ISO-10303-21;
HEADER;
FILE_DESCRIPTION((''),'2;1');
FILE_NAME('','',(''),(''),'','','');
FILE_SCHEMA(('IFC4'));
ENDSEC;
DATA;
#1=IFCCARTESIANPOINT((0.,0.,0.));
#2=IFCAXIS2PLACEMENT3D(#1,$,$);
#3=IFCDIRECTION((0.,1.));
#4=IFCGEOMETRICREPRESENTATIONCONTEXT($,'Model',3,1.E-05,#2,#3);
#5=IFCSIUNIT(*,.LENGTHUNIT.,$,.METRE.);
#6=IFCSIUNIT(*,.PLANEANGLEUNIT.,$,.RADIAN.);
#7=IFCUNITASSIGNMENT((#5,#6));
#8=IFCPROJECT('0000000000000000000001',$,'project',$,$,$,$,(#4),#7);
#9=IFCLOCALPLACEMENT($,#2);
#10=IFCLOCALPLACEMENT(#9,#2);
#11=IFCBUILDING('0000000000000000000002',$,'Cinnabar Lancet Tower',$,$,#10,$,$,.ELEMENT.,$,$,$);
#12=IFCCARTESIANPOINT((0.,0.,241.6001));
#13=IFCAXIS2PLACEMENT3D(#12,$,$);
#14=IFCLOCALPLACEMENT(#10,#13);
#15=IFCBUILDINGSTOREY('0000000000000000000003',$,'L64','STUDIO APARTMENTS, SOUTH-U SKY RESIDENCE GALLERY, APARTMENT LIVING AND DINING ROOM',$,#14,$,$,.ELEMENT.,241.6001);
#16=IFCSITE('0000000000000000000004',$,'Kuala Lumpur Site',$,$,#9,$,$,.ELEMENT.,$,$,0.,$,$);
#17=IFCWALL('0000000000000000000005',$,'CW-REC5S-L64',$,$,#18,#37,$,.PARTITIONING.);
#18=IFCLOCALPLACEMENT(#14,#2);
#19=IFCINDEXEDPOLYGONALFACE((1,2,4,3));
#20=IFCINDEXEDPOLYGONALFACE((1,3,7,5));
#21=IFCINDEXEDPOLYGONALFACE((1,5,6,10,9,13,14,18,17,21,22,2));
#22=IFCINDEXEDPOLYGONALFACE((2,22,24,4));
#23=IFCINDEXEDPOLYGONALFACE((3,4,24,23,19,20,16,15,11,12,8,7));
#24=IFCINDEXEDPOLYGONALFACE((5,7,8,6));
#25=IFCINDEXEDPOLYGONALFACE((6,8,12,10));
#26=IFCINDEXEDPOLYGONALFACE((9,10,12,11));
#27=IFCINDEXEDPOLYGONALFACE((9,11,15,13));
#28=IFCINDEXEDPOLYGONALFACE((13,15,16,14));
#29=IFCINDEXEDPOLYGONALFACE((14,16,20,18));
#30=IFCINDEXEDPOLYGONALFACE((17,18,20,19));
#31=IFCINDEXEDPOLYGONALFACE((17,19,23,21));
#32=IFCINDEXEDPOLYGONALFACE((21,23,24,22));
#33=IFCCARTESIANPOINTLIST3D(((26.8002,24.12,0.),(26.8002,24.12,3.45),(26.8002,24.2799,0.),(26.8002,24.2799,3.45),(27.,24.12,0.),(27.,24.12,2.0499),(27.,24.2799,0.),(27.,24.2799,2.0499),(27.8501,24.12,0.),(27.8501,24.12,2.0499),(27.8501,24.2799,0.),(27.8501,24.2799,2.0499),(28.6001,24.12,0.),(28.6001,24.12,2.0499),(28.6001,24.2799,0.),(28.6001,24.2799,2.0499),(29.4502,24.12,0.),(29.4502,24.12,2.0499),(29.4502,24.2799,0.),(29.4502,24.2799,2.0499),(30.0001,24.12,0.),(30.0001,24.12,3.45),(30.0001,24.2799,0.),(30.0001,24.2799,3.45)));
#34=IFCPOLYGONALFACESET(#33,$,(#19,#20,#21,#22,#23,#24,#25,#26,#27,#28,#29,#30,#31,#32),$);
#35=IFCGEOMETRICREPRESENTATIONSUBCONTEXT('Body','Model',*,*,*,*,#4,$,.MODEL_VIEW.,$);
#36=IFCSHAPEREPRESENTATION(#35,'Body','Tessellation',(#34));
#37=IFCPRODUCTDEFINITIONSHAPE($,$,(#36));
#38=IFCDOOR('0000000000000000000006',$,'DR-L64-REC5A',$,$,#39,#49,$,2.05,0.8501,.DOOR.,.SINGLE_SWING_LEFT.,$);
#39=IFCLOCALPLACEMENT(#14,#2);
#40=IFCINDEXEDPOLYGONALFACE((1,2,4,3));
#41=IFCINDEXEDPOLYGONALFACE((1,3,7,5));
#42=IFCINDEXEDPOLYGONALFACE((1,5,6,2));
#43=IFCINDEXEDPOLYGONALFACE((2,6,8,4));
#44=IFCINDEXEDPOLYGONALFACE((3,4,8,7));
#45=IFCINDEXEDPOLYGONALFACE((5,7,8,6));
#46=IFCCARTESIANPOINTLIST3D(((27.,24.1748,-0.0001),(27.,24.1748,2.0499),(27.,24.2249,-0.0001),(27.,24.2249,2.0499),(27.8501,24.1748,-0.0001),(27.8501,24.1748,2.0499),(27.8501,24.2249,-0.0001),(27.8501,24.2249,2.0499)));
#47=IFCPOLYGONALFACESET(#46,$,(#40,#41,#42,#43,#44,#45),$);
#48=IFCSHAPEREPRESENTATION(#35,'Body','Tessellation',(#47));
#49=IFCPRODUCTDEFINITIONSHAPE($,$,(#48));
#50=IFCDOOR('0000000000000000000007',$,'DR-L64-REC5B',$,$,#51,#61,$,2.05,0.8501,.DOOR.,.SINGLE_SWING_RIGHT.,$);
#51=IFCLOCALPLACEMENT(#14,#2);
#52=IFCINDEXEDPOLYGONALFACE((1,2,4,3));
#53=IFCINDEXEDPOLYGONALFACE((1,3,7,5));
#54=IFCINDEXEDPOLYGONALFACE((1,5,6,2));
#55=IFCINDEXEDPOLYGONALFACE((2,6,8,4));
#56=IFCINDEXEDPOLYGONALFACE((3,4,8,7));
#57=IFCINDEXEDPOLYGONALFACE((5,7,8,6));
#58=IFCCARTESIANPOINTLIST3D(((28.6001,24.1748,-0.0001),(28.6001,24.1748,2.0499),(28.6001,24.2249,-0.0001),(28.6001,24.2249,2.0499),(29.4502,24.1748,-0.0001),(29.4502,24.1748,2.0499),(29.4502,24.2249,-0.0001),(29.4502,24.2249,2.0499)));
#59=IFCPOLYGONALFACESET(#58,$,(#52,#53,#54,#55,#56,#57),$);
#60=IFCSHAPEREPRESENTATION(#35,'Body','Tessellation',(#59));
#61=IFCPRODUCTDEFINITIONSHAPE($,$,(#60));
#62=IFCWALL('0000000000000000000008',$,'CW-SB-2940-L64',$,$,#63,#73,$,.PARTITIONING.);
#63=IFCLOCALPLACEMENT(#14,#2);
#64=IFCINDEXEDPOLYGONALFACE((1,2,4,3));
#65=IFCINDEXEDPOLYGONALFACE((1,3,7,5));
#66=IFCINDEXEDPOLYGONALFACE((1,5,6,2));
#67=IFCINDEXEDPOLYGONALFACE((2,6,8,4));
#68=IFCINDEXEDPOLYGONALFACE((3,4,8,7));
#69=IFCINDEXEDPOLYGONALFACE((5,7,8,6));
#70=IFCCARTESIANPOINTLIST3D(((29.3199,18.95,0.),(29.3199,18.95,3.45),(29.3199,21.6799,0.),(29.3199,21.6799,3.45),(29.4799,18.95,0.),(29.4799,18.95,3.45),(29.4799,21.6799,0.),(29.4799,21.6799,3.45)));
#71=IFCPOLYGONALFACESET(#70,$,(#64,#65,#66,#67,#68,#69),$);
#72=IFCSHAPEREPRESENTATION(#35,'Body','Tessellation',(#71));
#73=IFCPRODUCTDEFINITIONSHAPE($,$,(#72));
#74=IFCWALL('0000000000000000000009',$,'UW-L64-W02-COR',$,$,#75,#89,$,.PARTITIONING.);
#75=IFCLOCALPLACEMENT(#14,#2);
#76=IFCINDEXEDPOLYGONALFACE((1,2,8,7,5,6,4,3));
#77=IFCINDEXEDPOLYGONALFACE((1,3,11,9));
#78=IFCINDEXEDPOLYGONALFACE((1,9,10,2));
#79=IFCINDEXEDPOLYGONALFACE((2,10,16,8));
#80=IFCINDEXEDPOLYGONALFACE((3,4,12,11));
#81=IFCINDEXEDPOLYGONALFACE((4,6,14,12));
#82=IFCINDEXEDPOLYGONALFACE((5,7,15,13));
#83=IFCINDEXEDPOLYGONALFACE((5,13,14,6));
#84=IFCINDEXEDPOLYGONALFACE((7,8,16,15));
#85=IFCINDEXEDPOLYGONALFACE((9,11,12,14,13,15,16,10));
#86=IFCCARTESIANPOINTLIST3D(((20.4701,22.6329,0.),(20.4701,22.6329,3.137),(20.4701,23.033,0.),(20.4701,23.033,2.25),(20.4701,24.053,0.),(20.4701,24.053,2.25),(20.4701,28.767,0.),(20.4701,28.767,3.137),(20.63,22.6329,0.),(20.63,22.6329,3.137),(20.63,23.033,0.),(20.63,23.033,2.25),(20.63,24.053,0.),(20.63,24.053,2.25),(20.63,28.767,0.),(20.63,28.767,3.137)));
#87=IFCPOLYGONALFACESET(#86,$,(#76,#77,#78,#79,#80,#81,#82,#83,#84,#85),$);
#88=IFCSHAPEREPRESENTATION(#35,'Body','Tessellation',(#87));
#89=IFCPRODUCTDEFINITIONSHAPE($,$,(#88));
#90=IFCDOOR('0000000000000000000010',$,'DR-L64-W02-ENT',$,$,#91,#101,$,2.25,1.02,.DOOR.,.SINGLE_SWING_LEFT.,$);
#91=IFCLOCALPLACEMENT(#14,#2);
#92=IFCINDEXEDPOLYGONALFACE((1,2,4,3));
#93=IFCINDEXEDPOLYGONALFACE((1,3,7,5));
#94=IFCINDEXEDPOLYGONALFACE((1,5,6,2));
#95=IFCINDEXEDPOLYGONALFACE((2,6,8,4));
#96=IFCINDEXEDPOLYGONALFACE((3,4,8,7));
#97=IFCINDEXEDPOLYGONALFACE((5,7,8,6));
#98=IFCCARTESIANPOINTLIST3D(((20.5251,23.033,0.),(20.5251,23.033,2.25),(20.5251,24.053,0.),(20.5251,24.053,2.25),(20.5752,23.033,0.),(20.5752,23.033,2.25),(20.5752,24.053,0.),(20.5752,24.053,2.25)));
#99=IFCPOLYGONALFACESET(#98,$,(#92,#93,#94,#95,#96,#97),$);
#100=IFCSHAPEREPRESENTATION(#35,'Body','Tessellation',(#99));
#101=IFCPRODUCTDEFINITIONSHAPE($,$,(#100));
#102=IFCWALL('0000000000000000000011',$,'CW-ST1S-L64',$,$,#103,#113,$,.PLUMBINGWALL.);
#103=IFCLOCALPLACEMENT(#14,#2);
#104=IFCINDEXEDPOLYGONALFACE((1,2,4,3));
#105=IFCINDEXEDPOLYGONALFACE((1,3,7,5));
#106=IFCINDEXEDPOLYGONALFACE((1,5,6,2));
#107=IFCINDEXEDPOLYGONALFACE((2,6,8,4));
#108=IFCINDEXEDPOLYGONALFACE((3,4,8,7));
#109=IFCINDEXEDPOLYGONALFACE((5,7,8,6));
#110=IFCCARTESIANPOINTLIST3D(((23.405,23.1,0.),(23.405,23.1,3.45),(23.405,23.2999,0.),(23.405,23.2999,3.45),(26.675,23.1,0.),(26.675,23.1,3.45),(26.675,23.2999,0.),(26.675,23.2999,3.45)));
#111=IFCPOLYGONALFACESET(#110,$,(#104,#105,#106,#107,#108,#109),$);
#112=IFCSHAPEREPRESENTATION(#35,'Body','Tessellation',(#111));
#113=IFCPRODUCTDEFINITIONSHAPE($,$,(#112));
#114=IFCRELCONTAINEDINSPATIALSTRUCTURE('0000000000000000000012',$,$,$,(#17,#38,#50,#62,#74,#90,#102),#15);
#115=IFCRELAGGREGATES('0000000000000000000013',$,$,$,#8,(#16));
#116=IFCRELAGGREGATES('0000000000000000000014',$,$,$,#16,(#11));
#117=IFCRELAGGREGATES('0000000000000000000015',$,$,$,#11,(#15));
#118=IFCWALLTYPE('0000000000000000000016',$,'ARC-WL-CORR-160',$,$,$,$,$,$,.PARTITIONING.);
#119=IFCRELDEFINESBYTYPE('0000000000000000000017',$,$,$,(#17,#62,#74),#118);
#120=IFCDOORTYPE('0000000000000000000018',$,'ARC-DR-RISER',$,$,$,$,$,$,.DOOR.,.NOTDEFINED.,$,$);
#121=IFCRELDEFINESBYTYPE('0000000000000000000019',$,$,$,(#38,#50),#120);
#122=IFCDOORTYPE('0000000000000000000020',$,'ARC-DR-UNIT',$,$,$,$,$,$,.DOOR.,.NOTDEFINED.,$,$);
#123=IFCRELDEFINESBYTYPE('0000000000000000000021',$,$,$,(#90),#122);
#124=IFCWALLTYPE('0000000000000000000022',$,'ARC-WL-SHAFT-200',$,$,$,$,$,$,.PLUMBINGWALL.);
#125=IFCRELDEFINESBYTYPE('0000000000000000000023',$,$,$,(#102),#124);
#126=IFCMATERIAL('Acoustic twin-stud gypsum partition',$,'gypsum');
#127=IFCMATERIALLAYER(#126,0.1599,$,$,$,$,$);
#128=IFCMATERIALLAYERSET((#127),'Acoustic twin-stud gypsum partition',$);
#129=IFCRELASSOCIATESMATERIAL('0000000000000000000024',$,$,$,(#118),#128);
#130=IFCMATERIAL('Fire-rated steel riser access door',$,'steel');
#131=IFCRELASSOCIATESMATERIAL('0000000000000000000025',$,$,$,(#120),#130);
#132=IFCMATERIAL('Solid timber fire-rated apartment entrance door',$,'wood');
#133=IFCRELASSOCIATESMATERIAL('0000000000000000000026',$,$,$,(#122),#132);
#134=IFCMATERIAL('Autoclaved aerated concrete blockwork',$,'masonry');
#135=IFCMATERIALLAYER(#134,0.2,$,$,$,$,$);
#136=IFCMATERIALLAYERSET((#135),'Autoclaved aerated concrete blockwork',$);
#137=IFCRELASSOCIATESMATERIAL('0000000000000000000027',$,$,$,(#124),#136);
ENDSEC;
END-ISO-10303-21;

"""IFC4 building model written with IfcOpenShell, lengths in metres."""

from ifc_helpers import new_model, si_unit, direction, frame, frame_2d, origin, place, context, subcontext, project, spatial, rectangle, extrude, material, layer, layer_set, type_object, element, fill, save


model = new_model("IFC4")

# Units and contexts
model_context = context("Model", 3, precision=1e-05, world=origin(), true_north=direction((0.0, 1.0)))
body_context = subcontext(model_context, "Body", "Model", "MODEL_VIEW")
ifc_project = project(units=[si_unit("LENGTHUNIT", "METRE"), si_unit("PLANEANGLEUNIT", "RADIAN")], contexts=[model_context])

# Site, building, storey
site_placement = place(None, origin())
site = spatial("IfcSite", under=ifc_project, at=site_placement, Name="Kuala Lumpur Site", CompositionType="ELEMENT", RefElevation=0.0)
building_placement = place(site_placement, origin())
building = spatial("IfcBuilding", under=site, at=building_placement, Name="Cinnabar Lancet Tower", CompositionType="ELEMENT")
storey_placement = place(building_placement, frame((0.0, 0.0, 241.6001)))
storey = spatial("IfcBuildingStorey", under=building, at=storey_placement, Name="L64", Description="STUDIO APARTMENTS, SOUTH-U SKY RESIDENCE GALLERY, APARTMENT LIVING AND DINING ROOM", CompositionType="ELEMENT", Elevation=241.6001)

# Wall, openings, doors
ifc_material_1 = material(Name="Acoustic twin-stud gypsum partition", Category="gypsum")
ifc_layer_1 = layer(ifc_material_1, 0.1599)
ifc_layer_set_1 = layer_set([ifc_layer_1], Name="Acoustic twin-stud gypsum partition")
wall_type_1 = type_object("IfcWallType", Name="ARC-WL-CORR-160", PredefinedType="PARTITIONING", material=ifc_layer_set_1)
wall_1_placement = place(storey_placement, frame((26.8, 24.2, 0.0), z_axis=(0.0, 0.0, 1.0), x_axis=(1.0, 0.0, 0.0)))
wall_1 = element("IfcWall", 1, at=wall_1_placement, inside=storey, type_object=wall_type_1, Name="CW-REC5S-L64", PredefinedType="PARTITIONING", context=body_context, shape_type="SweptSolid", body=[
    extrude(rectangle(XDim=3.2, YDim=0.1599, at=frame_2d((1.6001, 0.0))), origin(), (0.0, 0.0, 1.0), 3.45),
])
opening_1_placement = place(wall_1_placement, frame((0.2, 0.0, 0.0)))
opening_1 = element("IfcOpeningElement", 2, at=opening_1_placement, cuts=wall_1, PredefinedType="OPENING", context=body_context, shape_type="SweptSolid", body=[
    extrude(rectangle(XDim=0.8501, YDim=2.05, at=frame_2d((0.425, 1.0249))), frame((0.0, 0.0898, 0.0), z_axis=(0.0, -1.0, 0.0), x_axis=(1.0, 0.0, 0.0)), (0.0, 0.0, 1.0), 0.1799),
])
opening_2_placement = place(wall_1_placement, frame((1.8, 0.0, 0.0)))
opening_2 = element("IfcOpeningElement", 3, at=opening_2_placement, cuts=wall_1, PredefinedType="OPENING", context=body_context, shape_type="SweptSolid", body=[
    extrude(rectangle(XDim=0.8501, YDim=2.05, at=frame_2d((0.425, 1.0249))), frame((0.0, 0.0898, 0.0), z_axis=(0.0, -1.0, 0.0), x_axis=(1.0, 0.0, 0.0)), (0.0, 0.0, 1.0), 0.1799),
])
ifc_material_2 = material(Name="Fire-rated steel riser access door", Category="steel")
door_type_1 = type_object("IfcDoorType", Name="ARC-DR-RISER", OperationType="NOTDEFINED", PredefinedType="DOOR", material=ifc_material_2)
door_1_placement = place(opening_1_placement, origin())
door_1 = element("IfcDoor", 4, at=door_1_placement, inside=storey, type_object=door_type_1, Name="DR-L64-REC5A", OperationType="SINGLE_SWING_LEFT", OverallHeight=2.05, OverallWidth=0.8501, PredefinedType="DOOR", context=body_context, shape_type="SweptSolid", body=[
    extrude(rectangle(XDim=0.8501, YDim=2.05, at=frame_2d((0.425, 1.0249))), frame((0.0, 0.0249, 0.0), z_axis=(0.0, -1.0, 0.0), x_axis=(1.0, 0.0, 0.0)), (0.0, 0.0, 1.0), 0.05),
])
fill(opening_1, door_1)
door_2_placement = place(opening_2_placement, origin())
door_2 = element("IfcDoor", 5, at=door_2_placement, inside=storey, type_object=door_type_1, Name="DR-L64-REC5B", OperationType="SINGLE_SWING_RIGHT", OverallHeight=2.05, OverallWidth=0.8501, PredefinedType="DOOR", context=body_context, shape_type="SweptSolid", body=[
    extrude(rectangle(XDim=0.8501, YDim=2.05, at=frame_2d((0.425, 1.0249))), frame((0.0, 0.0249, 0.0), z_axis=(0.0, -1.0, 0.0), x_axis=(1.0, 0.0, 0.0)), (0.0, 0.0, 1.0), 0.05),
])
fill(opening_2, door_2)

# Wall
wall_2_placement = place(storey_placement, frame((29.3999, 18.95, 0.0), z_axis=(0.0, 0.0, 1.0), x_axis=(0.0, 1.0, 0.0)))
element("IfcWall", 6, at=wall_2_placement, inside=storey, type_object=wall_type_1, Name="CW-SB-2940-L64", PredefinedType="PARTITIONING", context=body_context, shape_type="SweptSolid", body=[
    extrude(rectangle(XDim=2.73, YDim=0.1599, at=frame_2d((1.365, 0.0))), origin(), (0.0, 0.0, 1.0), 3.45),
])

# Wall, opening, door
wall_3_placement = place(storey_placement, frame((20.55, 22.6331, 0.0), z_axis=(0.0, 0.0, 1.0), x_axis=(0.0, 1.0, 0.0)))
wall_3 = element("IfcWall", 7, at=wall_3_placement, inside=storey, type_object=wall_type_1, Name="UW-L64-W02-COR", PredefinedType="PARTITIONING", context=body_context, shape_type="SweptSolid", body=[
    extrude(rectangle(XDim=6.134, YDim=0.1599, at=frame_2d((3.0669, 0.0))), origin(), (0.0, 0.0, 1.0), 3.137),
])
opening_3_placement = place(wall_3_placement, frame((0.3999, 0.0, 0.0)))
opening_3 = element("IfcOpeningElement", 8, at=opening_3_placement, cuts=wall_3, PredefinedType="OPENING", context=body_context, shape_type="SweptSolid", body=[
    extrude(rectangle(XDim=1.02, YDim=2.25, at=frame_2d((0.51, 1.125))), frame((0.0, 0.0898, 0.0), z_axis=(0.0, -1.0, 0.0), x_axis=(1.0, 0.0, 0.0)), (0.0, 0.0, 1.0), 0.1799),
])
ifc_material_3 = material(Name="Solid timber fire-rated apartment entrance door", Category="wood")
door_type_2 = type_object("IfcDoorType", Name="ARC-DR-UNIT", OperationType="NOTDEFINED", PredefinedType="DOOR", material=ifc_material_3)
door_3_placement = place(opening_3_placement, origin())
door_3 = element("IfcDoor", 9, at=door_3_placement, inside=storey, type_object=door_type_2, Name="DR-L64-W02-ENT", OperationType="SINGLE_SWING_LEFT", OverallHeight=2.25, OverallWidth=1.02, PredefinedType="DOOR", context=body_context, shape_type="SweptSolid", body=[
    extrude(rectangle(XDim=1.02, YDim=2.25, at=frame_2d((0.51, 1.125))), frame((0.0, 0.0249, 0.0), z_axis=(0.0, -1.0, 0.0), x_axis=(1.0, 0.0, 0.0)), (0.0, 0.0, 1.0), 0.05),
])
fill(opening_3, door_3)

# Wall
ifc_material_4 = material(Name="Autoclaved aerated concrete blockwork", Category="masonry")
ifc_layer_2 = layer(ifc_material_4, 0.2)
ifc_layer_set_2 = layer_set([ifc_layer_2], Name="Autoclaved aerated concrete blockwork")
wall_type_2 = type_object("IfcWallType", Name="ARC-WL-SHAFT-200", PredefinedType="PLUMBINGWALL", material=ifc_layer_set_2)
wall_4_placement = place(storey_placement, frame((23.405, 23.2, 0.0), z_axis=(0.0, 0.0, 1.0), x_axis=(1.0, 0.0, 0.0)))
element("IfcWall", 10, at=wall_4_placement, inside=storey, type_object=wall_type_2, Name="CW-ST1S-L64", PredefinedType="PLUMBINGWALL", context=body_context, shape_type="SweptSolid", body=[
    extrude(rectangle(XDim=3.27, YDim=0.2, at=frame_2d((1.635, 0.0))), origin(), (0.0, 0.0, 1.0), 3.45),
])

save(model, "model.ifc")
